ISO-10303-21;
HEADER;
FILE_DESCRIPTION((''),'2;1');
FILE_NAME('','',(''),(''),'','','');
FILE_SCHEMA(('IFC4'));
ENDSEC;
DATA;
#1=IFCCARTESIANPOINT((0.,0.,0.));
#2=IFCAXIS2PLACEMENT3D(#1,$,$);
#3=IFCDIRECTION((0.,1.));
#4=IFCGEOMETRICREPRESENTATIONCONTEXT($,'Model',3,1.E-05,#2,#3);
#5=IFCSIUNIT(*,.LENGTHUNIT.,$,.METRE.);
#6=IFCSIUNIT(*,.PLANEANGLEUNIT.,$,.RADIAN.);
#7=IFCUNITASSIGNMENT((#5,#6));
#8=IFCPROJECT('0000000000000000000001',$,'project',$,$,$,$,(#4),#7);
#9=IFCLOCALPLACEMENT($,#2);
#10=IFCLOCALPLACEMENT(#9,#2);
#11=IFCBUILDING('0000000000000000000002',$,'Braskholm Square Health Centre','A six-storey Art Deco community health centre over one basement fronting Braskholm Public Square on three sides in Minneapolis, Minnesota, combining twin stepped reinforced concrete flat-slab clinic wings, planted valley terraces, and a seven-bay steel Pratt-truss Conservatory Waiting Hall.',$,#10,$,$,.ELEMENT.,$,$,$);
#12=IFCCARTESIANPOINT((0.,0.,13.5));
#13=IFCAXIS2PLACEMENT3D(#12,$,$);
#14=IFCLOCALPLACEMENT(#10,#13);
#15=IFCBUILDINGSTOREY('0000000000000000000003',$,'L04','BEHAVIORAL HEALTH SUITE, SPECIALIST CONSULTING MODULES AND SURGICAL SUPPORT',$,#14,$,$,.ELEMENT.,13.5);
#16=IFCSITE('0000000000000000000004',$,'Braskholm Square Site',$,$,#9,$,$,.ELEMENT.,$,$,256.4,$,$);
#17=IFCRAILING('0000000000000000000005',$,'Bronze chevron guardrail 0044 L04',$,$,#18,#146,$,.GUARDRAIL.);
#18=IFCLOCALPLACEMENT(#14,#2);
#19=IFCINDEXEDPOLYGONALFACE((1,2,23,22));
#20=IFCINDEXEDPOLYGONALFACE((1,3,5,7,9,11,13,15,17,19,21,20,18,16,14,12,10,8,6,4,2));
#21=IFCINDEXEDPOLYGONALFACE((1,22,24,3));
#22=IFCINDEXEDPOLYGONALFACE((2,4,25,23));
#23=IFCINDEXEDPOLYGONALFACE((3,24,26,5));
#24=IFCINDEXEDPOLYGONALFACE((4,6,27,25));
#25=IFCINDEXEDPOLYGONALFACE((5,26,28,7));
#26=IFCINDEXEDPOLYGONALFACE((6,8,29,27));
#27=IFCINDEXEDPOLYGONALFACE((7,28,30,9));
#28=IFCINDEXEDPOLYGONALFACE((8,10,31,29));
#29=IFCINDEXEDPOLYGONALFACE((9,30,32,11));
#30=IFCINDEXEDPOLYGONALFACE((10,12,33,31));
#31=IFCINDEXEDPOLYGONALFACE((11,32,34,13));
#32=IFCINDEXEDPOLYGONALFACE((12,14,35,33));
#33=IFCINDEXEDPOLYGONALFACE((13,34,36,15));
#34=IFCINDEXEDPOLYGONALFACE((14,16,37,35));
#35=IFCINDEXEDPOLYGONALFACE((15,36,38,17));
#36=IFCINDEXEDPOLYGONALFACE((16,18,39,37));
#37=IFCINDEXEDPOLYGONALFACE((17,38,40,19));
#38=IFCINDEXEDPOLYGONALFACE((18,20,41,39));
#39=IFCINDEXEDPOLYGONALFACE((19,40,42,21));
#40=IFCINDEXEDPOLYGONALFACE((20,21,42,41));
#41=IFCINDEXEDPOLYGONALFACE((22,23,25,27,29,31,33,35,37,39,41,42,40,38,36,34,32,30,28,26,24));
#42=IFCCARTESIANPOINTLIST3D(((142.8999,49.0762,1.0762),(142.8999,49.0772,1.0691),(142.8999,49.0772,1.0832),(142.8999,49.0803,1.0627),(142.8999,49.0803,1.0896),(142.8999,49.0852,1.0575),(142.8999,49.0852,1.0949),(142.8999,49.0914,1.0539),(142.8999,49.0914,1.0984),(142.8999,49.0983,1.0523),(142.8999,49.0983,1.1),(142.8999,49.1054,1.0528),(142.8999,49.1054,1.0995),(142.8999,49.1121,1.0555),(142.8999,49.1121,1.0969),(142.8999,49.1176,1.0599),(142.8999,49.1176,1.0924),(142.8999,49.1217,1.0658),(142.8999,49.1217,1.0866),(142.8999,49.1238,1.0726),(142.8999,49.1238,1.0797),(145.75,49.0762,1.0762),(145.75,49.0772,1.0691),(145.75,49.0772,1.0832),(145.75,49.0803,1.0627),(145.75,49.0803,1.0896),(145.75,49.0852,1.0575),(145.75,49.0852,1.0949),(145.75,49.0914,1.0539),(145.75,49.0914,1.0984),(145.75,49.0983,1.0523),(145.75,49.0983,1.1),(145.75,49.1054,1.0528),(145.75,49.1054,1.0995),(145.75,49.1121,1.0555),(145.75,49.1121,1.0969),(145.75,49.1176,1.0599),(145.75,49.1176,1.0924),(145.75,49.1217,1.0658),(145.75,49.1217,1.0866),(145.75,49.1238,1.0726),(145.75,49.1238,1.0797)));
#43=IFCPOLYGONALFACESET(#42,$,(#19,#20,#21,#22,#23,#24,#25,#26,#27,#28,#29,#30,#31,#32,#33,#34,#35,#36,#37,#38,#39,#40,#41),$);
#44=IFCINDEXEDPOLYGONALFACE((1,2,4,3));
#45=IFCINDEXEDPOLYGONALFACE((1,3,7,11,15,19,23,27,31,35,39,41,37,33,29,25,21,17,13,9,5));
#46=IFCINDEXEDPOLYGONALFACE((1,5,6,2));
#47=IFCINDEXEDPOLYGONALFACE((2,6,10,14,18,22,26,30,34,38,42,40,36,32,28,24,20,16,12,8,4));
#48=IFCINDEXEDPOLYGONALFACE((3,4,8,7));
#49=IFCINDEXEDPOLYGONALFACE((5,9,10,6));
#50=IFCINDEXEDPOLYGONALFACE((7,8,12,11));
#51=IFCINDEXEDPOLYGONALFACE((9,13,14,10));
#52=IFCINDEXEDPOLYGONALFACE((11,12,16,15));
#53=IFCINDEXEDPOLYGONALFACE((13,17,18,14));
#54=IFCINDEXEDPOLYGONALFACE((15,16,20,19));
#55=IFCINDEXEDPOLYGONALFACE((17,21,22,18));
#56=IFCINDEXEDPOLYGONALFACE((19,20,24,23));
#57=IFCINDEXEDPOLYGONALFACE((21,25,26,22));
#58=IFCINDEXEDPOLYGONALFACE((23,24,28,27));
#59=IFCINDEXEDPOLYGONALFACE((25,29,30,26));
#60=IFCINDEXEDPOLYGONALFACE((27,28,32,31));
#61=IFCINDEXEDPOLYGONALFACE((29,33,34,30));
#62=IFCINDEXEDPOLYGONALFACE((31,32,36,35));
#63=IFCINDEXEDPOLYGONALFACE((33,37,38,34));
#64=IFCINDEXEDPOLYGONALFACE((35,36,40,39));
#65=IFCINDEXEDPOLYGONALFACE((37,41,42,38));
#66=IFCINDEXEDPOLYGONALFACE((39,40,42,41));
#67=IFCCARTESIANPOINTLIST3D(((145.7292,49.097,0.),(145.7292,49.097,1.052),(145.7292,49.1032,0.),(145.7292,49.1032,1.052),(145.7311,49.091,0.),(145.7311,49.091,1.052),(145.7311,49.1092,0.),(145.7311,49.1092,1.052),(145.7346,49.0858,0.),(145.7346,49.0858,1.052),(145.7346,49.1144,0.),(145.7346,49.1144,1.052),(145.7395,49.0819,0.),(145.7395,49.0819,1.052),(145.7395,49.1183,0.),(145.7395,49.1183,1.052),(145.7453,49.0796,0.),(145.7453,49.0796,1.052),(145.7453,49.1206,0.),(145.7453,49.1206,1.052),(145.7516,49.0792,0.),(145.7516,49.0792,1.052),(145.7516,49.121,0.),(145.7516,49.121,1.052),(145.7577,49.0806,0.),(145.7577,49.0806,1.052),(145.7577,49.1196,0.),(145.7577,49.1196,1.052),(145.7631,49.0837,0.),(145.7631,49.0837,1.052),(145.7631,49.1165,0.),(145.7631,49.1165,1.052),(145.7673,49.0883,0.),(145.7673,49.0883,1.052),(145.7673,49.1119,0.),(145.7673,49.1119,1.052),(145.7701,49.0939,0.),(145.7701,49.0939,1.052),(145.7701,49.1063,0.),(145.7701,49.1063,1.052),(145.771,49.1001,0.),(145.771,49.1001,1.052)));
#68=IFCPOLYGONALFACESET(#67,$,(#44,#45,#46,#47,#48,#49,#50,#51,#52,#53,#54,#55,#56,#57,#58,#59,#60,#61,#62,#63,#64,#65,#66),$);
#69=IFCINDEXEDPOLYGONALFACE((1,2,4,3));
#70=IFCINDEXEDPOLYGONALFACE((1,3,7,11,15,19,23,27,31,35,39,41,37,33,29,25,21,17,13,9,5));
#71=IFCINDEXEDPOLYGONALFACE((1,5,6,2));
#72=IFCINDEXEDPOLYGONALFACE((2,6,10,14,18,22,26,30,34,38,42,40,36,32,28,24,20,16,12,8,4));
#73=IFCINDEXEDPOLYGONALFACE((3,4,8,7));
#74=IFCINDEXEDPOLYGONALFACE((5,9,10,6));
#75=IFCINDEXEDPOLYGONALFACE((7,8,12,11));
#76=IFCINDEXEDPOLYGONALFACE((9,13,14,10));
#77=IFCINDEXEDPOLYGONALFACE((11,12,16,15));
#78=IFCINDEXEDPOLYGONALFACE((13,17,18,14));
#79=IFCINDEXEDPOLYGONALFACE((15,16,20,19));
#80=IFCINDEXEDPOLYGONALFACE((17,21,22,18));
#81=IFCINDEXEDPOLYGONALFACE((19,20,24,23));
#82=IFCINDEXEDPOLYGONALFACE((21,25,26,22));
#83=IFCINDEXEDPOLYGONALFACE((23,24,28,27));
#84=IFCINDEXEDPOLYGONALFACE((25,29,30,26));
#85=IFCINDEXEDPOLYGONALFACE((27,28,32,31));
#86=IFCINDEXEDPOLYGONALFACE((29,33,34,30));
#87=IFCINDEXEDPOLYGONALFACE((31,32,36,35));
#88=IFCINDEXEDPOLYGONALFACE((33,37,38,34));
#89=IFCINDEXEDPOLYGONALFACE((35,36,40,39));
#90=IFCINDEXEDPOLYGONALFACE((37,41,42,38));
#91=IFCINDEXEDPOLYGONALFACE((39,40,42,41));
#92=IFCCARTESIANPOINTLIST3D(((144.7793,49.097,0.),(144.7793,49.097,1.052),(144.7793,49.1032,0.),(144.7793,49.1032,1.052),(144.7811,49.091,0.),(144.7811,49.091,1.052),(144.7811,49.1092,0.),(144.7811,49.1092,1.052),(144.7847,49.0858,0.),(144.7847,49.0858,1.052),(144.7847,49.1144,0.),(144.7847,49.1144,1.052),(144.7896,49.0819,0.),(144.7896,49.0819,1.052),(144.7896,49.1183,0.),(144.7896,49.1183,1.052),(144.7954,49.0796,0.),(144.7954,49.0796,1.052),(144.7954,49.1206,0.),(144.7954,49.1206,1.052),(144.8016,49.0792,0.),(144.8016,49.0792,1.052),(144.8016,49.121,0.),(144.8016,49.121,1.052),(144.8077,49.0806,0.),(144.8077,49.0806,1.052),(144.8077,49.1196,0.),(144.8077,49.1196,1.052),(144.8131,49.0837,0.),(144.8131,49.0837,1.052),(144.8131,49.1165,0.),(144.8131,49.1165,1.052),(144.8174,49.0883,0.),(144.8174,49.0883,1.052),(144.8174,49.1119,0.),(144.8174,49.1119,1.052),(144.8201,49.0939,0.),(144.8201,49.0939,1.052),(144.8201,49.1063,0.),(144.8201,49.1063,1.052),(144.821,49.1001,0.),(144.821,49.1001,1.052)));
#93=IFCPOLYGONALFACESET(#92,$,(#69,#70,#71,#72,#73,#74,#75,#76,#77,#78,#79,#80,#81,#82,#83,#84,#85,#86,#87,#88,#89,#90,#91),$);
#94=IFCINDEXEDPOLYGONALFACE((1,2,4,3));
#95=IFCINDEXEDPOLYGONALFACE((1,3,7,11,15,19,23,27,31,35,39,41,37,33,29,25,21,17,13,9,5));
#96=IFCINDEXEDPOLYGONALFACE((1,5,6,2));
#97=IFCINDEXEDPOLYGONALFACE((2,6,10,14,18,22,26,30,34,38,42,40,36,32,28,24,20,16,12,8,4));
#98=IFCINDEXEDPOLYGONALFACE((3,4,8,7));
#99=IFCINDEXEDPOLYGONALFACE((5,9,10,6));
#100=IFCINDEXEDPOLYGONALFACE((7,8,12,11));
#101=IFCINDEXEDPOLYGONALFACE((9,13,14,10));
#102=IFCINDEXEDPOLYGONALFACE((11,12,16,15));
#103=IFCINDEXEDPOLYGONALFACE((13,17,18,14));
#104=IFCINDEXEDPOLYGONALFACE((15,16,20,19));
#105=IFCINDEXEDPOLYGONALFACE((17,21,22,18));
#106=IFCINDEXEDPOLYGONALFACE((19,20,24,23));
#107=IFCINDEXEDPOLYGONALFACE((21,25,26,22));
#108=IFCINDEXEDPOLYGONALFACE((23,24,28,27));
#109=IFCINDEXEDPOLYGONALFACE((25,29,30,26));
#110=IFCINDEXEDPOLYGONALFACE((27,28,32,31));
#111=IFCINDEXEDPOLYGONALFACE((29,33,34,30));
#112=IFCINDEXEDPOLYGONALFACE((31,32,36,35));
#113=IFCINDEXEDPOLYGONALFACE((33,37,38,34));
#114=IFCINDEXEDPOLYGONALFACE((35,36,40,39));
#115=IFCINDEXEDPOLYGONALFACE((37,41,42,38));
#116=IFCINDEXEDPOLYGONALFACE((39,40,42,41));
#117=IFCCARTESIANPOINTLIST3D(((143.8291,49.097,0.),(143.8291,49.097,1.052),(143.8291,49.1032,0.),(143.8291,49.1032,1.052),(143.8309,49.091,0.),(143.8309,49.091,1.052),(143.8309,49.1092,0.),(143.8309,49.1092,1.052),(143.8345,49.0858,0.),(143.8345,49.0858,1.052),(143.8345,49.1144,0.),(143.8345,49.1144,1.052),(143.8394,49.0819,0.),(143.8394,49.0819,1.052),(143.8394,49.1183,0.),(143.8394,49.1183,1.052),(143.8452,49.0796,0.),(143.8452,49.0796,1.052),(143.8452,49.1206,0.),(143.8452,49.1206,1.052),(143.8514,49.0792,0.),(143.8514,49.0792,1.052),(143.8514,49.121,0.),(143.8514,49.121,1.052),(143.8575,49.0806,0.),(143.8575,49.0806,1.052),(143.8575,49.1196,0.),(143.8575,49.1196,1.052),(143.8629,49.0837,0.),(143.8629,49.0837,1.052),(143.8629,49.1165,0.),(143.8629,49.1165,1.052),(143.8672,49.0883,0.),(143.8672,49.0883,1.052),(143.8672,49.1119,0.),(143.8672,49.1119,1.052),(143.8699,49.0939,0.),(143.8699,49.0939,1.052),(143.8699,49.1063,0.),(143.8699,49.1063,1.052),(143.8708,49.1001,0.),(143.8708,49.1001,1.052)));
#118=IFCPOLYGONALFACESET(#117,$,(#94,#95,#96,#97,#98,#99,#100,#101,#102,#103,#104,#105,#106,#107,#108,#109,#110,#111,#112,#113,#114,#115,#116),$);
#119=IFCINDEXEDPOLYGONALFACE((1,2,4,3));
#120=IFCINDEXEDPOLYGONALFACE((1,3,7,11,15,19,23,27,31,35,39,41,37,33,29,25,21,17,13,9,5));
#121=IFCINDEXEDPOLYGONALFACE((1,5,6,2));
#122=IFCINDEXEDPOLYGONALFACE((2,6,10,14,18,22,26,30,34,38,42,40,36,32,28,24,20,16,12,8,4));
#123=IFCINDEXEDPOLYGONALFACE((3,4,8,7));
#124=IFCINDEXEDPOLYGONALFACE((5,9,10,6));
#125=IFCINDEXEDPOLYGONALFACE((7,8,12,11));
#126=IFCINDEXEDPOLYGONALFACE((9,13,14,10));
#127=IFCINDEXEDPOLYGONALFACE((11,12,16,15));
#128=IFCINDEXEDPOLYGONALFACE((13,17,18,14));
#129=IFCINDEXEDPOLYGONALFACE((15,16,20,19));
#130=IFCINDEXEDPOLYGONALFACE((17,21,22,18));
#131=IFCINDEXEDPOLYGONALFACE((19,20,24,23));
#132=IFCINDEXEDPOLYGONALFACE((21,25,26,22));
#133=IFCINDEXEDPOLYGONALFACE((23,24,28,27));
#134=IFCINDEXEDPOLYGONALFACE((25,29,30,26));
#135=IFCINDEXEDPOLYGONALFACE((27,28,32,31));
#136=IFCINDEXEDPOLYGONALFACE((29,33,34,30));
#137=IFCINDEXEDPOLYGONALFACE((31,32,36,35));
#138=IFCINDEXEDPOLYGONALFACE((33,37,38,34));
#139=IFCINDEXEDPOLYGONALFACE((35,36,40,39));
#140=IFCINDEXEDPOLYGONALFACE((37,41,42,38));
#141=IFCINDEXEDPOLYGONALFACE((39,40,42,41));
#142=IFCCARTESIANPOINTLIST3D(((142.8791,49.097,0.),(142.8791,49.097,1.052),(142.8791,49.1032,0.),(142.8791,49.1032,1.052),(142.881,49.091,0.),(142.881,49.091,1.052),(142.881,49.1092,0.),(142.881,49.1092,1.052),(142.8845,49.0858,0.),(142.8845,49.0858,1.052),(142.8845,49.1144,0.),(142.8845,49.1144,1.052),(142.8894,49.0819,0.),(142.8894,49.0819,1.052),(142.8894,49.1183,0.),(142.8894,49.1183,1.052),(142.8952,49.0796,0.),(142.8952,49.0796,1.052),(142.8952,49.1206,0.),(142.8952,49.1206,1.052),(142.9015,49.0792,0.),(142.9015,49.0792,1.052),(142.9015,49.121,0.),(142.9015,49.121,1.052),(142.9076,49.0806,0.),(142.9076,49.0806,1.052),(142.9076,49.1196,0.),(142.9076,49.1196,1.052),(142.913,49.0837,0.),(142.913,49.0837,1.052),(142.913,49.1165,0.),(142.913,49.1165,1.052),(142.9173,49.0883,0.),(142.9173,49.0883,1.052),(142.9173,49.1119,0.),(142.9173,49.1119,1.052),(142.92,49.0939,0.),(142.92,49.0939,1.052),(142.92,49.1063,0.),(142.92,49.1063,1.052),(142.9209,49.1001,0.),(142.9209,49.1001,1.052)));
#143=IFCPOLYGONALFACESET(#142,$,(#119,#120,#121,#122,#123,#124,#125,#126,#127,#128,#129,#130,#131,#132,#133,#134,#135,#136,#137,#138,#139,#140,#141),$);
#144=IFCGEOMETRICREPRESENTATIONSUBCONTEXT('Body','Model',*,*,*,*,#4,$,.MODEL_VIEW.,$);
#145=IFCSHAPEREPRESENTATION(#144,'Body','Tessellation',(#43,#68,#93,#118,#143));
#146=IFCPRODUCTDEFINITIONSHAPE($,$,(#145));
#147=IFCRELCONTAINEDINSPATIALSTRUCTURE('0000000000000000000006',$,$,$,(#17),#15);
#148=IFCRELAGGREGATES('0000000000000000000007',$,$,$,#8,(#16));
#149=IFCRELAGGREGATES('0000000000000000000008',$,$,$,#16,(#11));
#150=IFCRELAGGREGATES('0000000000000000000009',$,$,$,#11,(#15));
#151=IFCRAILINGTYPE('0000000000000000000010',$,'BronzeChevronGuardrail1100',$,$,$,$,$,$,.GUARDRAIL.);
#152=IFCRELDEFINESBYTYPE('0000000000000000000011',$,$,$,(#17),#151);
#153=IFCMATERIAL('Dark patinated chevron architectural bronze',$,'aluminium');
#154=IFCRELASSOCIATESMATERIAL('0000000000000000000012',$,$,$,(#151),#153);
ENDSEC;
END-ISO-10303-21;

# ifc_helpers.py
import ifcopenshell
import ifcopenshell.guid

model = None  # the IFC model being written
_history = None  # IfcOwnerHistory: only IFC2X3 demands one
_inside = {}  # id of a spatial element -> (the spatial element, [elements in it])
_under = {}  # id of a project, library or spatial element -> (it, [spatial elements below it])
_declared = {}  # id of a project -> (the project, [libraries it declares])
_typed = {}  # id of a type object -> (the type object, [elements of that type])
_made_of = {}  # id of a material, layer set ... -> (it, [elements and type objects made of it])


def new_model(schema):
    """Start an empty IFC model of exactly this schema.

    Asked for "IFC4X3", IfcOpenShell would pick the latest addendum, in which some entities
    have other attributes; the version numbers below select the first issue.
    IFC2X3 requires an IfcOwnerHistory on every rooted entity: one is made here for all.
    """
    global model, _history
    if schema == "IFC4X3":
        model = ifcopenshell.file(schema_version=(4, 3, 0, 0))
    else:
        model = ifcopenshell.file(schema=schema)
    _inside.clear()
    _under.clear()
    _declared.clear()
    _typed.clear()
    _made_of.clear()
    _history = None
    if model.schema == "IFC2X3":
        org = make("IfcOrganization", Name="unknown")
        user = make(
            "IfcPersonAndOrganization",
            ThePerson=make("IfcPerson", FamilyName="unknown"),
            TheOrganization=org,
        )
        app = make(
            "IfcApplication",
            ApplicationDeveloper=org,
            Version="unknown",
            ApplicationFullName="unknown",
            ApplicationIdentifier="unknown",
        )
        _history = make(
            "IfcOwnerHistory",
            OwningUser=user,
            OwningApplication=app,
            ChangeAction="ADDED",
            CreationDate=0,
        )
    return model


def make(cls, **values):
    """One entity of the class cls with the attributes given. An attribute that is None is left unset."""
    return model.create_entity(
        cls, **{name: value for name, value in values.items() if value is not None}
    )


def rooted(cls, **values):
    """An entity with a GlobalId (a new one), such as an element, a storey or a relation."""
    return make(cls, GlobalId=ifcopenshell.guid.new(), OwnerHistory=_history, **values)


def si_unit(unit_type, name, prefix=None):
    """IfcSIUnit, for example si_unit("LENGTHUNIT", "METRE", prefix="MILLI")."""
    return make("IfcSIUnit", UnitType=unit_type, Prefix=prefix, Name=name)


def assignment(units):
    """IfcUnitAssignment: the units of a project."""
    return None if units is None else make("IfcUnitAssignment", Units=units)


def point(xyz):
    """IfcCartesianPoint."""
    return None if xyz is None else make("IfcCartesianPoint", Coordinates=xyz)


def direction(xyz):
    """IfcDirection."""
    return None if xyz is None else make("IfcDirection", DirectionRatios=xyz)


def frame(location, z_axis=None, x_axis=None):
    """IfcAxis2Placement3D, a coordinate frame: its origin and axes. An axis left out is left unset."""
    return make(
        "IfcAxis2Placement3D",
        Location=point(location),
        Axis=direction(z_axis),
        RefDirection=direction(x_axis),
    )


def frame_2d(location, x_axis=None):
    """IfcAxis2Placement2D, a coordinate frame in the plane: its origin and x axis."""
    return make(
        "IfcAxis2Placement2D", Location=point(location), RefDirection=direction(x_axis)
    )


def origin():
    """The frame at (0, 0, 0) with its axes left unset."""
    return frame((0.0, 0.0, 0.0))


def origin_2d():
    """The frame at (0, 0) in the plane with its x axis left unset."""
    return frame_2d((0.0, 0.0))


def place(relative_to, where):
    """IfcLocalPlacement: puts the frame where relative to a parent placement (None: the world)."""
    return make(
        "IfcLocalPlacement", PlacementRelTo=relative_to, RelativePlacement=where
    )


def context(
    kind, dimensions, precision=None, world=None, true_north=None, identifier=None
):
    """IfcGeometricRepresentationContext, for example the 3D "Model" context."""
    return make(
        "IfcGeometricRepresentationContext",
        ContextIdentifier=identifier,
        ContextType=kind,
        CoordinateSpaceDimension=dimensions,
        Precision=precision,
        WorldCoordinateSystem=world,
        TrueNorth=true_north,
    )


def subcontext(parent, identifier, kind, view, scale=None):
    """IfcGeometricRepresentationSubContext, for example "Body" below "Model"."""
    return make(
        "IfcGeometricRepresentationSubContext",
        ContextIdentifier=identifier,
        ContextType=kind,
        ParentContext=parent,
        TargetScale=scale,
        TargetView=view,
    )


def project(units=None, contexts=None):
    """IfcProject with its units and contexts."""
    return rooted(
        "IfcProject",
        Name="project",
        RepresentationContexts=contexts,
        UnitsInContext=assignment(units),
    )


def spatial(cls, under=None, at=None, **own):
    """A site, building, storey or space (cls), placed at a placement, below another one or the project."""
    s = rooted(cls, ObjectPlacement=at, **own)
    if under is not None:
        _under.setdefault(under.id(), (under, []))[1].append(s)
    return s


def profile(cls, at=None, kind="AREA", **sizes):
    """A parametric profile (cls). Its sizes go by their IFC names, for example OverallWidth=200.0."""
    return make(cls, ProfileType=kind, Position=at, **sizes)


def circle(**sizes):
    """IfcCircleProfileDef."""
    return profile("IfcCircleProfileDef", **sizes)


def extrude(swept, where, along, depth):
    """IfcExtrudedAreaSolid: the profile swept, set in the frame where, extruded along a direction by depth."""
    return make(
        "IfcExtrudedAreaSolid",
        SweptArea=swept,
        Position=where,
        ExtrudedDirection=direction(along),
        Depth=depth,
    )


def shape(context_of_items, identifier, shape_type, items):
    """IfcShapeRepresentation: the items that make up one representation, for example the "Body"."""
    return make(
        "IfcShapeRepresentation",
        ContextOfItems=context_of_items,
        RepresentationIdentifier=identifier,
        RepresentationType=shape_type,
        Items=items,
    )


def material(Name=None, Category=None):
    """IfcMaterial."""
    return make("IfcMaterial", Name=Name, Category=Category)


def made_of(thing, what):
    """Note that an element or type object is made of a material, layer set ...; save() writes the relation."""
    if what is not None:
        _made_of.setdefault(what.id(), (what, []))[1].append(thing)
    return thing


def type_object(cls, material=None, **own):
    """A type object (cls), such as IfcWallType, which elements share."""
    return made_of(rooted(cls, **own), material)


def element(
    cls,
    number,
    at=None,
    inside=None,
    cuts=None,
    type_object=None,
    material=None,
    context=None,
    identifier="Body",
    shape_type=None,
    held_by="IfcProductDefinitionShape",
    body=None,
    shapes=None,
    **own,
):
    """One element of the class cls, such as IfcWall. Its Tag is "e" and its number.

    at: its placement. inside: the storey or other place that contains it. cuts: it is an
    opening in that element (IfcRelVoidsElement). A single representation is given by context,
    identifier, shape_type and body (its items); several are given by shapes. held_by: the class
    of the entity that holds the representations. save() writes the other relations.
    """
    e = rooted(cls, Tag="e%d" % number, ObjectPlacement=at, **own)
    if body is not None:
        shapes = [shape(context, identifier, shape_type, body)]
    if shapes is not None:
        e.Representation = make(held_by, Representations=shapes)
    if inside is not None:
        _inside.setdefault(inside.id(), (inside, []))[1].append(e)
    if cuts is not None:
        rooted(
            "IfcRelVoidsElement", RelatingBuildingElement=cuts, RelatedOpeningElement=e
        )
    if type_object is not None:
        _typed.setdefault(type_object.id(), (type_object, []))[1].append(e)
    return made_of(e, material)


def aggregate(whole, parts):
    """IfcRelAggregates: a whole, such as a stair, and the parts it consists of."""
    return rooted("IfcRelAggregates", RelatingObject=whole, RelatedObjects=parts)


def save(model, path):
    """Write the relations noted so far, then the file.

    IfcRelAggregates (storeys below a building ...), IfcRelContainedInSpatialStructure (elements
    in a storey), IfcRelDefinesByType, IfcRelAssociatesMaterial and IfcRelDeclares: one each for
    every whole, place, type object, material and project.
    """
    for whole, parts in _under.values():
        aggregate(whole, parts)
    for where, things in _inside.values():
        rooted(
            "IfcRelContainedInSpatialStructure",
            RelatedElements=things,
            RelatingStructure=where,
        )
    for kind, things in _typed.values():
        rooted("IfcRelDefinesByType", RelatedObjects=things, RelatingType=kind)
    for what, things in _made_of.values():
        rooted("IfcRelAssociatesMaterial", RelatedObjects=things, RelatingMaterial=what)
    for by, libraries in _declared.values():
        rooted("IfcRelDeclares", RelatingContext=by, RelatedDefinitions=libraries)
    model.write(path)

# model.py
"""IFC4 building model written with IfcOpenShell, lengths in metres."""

from ifc_helpers import new_model, si_unit, direction, frame, origin, origin_2d, place, context, subcontext, project, spatial, circle, extrude, material, type_object, element, save


model = new_model("IFC4")

# Units and contexts
model_context = context("Model", 3, precision=1e-05, world=origin(), true_north=direction((0.0, 1.0)))
body_context = subcontext(model_context, "Body", "Model", "MODEL_VIEW")
ifc_project = project(units=[si_unit("LENGTHUNIT", "METRE"), si_unit("PLANEANGLEUNIT", "RADIAN")], contexts=[model_context])

# Site, building, storey
site_placement = place(None, origin())
site = spatial("IfcSite", under=ifc_project, at=site_placement, Name="Braskholm Square Site", CompositionType="ELEMENT", RefElevation=256.4)
building_placement = place(site_placement, origin())
building = spatial("IfcBuilding", under=site, at=building_placement, Name="Braskholm Square Health Centre", Description="A six-storey Art Deco community health centre over one basement fronting Braskholm Public Square on three sides in Minneapolis, Minnesota, combining twin stepped reinforced concrete flat-slab clinic wings, planted valley terraces, and a seven-bay steel Pratt-truss Conservatory Waiting Hall.", CompositionType="ELEMENT")
storey_placement = place(building_placement, frame((0.0, 0.0, 13.5)))
storey = spatial("IfcBuildingStorey", under=building, at=storey_placement, Name="L04", Description="BEHAVIORAL HEALTH SUITE, SPECIALIST CONSULTING MODULES AND SURGICAL SUPPORT", CompositionType="ELEMENT", Elevation=13.5)

# Railing
ifc_material_1 = material(Name="Dark patinated chevron architectural bronze", Category="aluminium")
railing_type = type_object("IfcRailingType", Name="BronzeChevronGuardrail1100", PredefinedType="GUARDRAIL", material=ifc_material_1)
railing_1_placement = place(storey_placement, frame((145.75, 49.1001, 0.0)))
element("IfcRailing", 1, at=railing_1_placement, inside=storey, type_object=railing_type, Name="Bronze chevron guardrail 0044 L04", PredefinedType="GUARDRAIL", context=body_context, shape_type="SweptSolid", body=[
    extrude(circle(Radius=0.0239, at=origin_2d()), frame((0.0, 0.0, 1.0762), z_axis=(-1.0, 0.0, 0.0), x_axis=(0.0, -1.0, 0.0)), (0.0, 0.0, 1.0), 2.8501),
    extrude(circle(Radius=0.021, at=origin_2d()), origin(), (0.0, 0.0, 1.0), 1.052),
    extrude(circle(Radius=0.021, at=origin_2d()), frame((-0.95, 0.0, 0.0)), (0.0, 0.0, 1.0), 1.052),
    extrude(circle(Radius=0.021, at=origin_2d()), frame((-1.9001, 0.0, 0.0)), (0.0, 0.0, 1.0), 1.052),
    extrude(circle(Radius=0.021, at=origin_2d()), frame((-2.8501, 0.0, 0.0)), (0.0, 0.0, 1.0), 1.052),
])

save(model, "model.ifc")
